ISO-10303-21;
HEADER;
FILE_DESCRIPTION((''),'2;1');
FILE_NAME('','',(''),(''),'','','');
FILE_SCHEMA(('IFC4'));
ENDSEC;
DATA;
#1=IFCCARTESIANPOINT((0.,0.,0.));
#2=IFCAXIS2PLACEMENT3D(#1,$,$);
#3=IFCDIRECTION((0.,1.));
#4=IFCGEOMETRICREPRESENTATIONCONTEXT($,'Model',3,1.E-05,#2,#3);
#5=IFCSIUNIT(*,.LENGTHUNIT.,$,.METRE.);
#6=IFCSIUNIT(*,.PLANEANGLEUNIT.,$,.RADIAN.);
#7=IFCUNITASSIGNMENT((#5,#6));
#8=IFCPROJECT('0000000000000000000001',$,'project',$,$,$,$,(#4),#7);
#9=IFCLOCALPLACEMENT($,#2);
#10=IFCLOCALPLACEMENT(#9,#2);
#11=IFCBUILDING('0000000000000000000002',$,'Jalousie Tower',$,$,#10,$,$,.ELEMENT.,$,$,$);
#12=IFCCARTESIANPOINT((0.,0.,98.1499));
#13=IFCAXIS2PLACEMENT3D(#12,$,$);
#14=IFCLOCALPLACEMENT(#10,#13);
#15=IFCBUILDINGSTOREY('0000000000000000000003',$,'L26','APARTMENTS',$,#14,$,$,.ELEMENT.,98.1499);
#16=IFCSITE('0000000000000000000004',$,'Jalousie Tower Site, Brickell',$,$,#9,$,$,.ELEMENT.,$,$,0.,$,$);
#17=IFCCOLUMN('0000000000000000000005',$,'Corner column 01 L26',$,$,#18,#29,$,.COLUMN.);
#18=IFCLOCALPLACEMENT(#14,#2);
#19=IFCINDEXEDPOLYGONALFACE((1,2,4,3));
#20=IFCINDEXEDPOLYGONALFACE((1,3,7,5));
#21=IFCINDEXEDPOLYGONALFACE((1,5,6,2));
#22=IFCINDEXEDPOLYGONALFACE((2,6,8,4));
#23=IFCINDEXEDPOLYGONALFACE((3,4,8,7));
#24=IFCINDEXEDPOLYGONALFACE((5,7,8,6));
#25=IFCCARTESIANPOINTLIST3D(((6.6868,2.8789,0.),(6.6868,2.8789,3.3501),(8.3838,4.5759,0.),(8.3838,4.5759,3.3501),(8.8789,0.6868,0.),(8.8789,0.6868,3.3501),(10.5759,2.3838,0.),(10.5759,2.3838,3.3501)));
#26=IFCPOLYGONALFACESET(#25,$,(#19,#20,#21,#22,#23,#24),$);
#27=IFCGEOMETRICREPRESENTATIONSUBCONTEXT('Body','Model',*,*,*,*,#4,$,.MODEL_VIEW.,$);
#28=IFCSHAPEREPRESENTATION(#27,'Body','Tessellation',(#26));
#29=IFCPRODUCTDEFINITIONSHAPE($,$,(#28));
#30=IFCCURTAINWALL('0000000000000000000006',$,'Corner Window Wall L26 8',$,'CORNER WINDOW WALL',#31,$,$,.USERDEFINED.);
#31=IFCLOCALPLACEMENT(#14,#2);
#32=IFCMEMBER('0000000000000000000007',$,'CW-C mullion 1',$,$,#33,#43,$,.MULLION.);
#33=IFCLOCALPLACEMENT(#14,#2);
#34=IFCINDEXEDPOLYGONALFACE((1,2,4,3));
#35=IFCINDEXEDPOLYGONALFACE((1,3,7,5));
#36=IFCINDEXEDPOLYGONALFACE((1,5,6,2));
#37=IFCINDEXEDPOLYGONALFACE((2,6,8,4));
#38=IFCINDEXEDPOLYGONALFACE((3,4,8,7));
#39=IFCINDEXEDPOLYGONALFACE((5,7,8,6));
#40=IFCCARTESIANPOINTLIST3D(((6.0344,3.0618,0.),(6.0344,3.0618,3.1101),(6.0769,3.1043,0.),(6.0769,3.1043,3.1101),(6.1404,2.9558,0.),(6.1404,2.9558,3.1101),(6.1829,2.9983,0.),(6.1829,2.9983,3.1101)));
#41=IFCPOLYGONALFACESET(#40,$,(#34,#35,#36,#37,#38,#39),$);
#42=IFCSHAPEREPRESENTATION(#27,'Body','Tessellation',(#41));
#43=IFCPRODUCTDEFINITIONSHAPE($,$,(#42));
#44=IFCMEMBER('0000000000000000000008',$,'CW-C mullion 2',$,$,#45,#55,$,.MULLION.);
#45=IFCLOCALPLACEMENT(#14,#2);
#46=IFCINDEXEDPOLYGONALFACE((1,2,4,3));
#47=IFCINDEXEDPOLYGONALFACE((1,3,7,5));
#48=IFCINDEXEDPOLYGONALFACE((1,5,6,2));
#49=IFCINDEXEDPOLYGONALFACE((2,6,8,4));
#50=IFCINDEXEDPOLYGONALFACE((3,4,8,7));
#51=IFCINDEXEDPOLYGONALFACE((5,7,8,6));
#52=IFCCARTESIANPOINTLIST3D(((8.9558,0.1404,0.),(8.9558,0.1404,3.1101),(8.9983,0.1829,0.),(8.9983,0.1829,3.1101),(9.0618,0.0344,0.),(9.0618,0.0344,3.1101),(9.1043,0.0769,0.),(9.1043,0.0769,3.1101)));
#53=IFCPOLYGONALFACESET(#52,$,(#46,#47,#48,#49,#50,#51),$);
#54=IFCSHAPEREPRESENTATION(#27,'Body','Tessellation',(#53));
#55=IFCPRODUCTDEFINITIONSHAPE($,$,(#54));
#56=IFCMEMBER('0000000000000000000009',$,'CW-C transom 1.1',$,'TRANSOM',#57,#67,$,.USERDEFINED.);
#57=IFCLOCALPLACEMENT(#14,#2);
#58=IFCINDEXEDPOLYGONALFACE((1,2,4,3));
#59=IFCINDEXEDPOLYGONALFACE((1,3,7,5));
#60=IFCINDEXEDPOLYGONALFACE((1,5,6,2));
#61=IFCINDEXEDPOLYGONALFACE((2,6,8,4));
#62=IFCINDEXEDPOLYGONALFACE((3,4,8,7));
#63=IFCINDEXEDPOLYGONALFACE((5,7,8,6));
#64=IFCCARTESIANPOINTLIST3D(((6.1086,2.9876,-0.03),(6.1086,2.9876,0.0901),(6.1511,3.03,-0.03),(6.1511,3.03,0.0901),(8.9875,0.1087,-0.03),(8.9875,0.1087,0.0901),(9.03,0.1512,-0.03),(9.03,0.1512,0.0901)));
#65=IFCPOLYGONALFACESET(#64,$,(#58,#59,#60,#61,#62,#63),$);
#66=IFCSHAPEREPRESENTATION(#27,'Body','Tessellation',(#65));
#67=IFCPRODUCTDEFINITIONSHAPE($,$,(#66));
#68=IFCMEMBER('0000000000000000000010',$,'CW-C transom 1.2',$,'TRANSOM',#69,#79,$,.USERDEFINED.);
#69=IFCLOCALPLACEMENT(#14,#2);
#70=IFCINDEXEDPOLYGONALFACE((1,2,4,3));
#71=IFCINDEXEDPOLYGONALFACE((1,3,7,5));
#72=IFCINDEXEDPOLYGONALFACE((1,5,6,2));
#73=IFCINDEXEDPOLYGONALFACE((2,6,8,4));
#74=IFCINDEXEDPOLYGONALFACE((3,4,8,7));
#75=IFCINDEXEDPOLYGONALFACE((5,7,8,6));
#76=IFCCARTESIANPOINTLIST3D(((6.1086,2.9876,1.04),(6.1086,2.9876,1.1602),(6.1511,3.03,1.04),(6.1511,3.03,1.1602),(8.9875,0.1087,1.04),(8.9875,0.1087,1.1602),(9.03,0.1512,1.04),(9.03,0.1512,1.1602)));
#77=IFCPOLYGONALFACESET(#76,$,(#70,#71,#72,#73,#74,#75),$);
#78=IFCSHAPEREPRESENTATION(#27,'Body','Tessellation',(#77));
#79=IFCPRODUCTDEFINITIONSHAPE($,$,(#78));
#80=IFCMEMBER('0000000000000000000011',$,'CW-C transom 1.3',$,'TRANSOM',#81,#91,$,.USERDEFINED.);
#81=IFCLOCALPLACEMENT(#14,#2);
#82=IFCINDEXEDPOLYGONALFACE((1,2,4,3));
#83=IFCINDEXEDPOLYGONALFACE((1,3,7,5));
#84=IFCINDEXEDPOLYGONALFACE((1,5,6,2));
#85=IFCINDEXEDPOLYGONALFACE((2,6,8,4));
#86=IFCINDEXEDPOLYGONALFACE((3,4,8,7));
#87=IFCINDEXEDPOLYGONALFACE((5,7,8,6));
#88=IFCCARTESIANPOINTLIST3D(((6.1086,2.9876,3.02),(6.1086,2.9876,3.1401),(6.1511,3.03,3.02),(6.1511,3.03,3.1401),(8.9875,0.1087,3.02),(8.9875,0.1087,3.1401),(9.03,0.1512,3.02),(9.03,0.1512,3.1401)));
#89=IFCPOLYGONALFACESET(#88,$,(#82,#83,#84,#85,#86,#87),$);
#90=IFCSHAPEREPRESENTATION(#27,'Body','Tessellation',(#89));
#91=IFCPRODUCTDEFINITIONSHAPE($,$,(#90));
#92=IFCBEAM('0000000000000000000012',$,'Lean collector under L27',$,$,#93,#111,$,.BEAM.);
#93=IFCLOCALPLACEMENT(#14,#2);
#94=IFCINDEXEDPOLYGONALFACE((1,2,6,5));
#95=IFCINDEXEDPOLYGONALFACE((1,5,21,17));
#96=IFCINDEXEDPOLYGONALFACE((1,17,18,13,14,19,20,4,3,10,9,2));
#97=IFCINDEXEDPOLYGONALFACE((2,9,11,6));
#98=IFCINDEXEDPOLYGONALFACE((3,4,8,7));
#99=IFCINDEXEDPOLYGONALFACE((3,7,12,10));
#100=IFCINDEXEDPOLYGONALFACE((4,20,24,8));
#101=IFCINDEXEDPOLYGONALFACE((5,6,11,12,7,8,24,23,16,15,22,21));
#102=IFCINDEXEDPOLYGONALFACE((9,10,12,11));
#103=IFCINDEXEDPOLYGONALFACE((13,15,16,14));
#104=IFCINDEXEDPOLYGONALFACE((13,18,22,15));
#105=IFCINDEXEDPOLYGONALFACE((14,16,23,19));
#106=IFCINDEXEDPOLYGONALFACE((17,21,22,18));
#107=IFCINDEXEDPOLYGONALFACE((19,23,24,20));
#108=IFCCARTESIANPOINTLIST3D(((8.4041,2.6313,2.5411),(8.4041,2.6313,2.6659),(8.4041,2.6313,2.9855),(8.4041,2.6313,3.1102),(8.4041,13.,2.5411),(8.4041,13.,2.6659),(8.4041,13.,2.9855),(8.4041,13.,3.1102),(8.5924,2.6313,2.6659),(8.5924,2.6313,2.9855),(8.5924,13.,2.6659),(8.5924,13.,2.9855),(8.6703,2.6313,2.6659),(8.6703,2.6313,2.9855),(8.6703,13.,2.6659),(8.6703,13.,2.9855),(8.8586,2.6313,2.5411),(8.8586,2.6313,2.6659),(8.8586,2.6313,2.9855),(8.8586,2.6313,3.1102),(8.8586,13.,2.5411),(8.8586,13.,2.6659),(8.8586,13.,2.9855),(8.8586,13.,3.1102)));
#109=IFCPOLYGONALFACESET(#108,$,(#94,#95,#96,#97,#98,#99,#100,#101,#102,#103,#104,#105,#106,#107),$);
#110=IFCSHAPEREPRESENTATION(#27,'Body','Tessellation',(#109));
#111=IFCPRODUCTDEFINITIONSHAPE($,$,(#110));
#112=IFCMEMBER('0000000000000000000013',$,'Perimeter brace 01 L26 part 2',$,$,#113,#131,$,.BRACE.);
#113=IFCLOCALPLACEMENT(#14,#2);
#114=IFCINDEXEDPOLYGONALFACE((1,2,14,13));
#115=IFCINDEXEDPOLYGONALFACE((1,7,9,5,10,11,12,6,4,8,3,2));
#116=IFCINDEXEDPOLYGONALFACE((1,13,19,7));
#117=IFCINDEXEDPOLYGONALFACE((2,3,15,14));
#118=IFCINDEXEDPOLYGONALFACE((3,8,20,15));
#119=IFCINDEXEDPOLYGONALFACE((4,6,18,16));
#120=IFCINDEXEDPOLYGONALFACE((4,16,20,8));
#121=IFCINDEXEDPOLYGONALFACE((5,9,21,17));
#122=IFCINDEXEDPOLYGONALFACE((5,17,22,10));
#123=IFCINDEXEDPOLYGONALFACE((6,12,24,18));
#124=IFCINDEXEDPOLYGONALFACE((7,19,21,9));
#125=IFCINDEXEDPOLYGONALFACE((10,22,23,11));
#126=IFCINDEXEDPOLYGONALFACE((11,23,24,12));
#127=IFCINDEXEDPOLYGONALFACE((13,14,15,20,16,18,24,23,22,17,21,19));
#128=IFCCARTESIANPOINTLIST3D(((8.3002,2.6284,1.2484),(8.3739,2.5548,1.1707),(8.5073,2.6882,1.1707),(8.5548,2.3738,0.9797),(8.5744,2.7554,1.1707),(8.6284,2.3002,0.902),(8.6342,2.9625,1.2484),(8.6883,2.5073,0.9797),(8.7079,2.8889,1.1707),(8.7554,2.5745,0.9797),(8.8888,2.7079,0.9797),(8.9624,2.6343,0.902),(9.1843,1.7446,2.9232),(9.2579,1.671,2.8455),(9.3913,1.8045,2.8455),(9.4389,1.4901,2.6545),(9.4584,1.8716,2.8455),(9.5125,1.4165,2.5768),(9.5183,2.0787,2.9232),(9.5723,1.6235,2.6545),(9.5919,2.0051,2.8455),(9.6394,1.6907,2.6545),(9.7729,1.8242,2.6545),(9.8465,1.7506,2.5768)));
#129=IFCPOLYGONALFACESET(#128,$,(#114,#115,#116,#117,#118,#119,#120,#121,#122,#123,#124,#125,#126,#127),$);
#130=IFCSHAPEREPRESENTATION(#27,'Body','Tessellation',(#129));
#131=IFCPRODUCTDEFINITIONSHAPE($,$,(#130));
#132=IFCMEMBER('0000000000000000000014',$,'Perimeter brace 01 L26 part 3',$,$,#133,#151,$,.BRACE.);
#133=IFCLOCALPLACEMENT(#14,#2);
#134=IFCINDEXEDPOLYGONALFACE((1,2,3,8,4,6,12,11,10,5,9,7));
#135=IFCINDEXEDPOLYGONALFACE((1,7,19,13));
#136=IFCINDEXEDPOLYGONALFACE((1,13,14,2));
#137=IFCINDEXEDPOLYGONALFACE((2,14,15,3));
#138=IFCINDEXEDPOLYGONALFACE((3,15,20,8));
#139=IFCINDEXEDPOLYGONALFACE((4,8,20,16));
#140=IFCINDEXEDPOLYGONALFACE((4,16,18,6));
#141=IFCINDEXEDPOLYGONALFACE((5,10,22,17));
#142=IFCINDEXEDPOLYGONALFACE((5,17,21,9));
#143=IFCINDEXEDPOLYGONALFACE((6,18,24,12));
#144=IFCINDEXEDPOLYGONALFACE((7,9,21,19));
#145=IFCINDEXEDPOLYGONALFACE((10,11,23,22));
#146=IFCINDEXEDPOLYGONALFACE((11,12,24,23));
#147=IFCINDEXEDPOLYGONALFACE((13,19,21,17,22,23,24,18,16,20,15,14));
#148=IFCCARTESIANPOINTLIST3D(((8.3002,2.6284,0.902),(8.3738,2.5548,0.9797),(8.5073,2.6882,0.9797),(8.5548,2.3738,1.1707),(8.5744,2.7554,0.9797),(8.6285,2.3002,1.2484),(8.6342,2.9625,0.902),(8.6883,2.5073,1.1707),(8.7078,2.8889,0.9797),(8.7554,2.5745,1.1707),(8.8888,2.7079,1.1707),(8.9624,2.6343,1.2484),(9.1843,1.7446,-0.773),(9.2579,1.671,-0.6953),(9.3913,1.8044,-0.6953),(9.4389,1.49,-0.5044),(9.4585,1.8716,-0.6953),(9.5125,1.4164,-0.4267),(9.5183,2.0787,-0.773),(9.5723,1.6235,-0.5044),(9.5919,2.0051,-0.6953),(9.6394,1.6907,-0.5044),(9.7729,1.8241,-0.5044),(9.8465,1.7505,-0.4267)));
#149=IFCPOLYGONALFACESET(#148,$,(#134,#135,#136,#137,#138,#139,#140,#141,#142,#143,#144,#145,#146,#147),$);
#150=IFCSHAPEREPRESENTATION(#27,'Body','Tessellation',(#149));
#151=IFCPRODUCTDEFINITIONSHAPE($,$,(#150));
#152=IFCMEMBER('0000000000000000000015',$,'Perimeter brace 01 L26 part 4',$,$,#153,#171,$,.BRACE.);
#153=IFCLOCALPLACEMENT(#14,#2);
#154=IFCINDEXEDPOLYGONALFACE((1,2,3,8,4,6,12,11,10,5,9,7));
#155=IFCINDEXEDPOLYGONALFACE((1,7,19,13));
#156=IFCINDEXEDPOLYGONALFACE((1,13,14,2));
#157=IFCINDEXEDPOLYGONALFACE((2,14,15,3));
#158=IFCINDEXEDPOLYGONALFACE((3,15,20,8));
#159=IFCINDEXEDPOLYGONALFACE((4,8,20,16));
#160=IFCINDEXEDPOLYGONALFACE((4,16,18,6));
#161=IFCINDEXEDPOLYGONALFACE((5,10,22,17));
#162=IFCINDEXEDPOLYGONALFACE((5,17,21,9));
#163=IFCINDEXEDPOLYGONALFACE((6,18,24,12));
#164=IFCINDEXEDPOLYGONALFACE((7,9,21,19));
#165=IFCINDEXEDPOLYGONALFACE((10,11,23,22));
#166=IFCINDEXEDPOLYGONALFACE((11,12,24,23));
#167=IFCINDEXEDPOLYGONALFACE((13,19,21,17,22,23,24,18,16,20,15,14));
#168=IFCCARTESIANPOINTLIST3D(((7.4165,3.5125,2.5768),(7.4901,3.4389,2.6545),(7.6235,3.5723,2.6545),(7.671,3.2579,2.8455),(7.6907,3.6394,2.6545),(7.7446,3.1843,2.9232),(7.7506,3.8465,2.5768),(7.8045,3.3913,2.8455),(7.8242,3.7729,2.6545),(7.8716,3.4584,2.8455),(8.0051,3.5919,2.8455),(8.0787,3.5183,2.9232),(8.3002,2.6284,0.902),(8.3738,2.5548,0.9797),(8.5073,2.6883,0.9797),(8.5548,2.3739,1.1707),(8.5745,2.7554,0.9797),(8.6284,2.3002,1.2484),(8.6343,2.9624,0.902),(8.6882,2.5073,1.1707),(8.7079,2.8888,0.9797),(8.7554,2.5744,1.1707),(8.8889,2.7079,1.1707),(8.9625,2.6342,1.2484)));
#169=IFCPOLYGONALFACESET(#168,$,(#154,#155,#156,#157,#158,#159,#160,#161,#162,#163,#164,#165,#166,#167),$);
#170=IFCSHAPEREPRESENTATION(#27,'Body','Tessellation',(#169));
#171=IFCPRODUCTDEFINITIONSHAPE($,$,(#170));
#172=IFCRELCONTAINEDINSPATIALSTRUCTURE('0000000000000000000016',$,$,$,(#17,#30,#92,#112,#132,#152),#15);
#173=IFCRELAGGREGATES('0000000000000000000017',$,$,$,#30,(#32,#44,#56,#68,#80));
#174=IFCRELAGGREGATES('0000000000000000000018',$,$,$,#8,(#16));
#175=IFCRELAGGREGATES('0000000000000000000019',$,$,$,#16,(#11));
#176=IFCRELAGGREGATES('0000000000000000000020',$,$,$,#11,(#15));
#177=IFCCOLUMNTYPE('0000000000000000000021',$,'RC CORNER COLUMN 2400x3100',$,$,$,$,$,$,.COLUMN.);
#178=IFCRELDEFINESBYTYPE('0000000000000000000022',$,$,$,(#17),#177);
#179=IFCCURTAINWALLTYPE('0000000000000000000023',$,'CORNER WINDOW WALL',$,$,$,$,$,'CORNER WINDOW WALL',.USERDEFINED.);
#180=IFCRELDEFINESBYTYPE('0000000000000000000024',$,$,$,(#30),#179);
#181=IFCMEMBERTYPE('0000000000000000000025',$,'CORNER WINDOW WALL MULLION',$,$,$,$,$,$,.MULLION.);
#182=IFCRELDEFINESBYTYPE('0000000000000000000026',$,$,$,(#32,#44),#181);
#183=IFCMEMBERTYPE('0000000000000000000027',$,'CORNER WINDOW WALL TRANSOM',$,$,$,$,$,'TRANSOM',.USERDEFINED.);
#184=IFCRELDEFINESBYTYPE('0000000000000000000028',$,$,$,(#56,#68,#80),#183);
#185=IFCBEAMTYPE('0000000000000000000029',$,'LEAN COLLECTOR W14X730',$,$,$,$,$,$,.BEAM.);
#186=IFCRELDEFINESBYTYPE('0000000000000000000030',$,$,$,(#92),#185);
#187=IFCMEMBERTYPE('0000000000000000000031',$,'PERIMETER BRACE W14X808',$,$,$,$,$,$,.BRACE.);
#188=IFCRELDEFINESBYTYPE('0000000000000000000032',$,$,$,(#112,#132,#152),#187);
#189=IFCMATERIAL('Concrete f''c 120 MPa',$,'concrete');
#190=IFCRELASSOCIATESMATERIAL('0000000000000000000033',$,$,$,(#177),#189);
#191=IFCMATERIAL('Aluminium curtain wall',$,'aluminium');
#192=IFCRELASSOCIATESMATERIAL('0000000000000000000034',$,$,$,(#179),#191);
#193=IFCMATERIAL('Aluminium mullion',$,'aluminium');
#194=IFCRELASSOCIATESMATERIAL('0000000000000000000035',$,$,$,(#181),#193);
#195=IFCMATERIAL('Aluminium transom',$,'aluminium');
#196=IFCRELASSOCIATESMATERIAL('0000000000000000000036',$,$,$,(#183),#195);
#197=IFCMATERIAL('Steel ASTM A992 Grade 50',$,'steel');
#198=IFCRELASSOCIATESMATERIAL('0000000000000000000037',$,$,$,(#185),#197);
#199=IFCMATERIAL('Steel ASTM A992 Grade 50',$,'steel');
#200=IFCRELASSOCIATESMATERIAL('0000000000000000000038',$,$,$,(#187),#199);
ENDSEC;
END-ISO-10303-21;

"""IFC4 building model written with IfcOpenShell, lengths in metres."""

from ifc_helpers import new_model, si_unit, direction, frame, origin, origin_2d, place, context, subcontext, project, spatial, rectangle, i_section, extrude, material, material_profile, profile_set, type_object, element, aggregate, save


model = new_model("IFC4")

# Units and contexts
model_context = context("Model", 3, precision=1e-05, world=origin(), true_north=direction((0.0, 1.0)))
body_context = subcontext(model_context, "Body", "Model", "MODEL_VIEW")
ifc_project = project(units=[si_unit("LENGTHUNIT", "METRE"), si_unit("PLANEANGLEUNIT", "RADIAN")], contexts=[model_context])

# Site, building, storey
site_placement = place(None, origin())
site = spatial("IfcSite", under=ifc_project, at=site_placement, Name="Jalousie Tower Site, Brickell", CompositionType="ELEMENT", RefElevation=0.0)
building_placement = place(site_placement, origin())
building = spatial("IfcBuilding", under=site, at=building_placement, Name="Jalousie Tower", CompositionType="ELEMENT")
storey_placement = place(building_placement, frame((0.0, 0.0, 98.1499)))
storey = spatial("IfcBuildingStorey", under=building, at=storey_placement, Name="L26", Description="APARTMENTS", CompositionType="ELEMENT", Elevation=98.1499)

# Column
ifc_material_1 = material(Name="Concrete f'c 120 MPa", Category="concrete")
ifc_material_profile_1 = material_profile(ifc_material_1, rectangle(XDim=2.3999, YDim=3.1001, at=origin_2d()), Name="RC 2400x3100")
ifc_profile_set_1 = profile_set([ifc_material_profile_1], Name="Concrete f'c 120 MPa")
column_type = type_object("IfcColumnType", Name="RC CORNER COLUMN 2400x3100", PredefinedType="COLUMN", material=ifc_profile_set_1)
column_placement = place(storey_placement, frame((8.6313, 2.6313, 0.0), z_axis=(0.0, 0.0, 1.0), x_axis=(0.707107, 0.707107, 0.0)))
element("IfcColumn", 1, at=column_placement, inside=storey, type_object=column_type, Name="Corner column 01 L26", PredefinedType="COLUMN", context=body_context, shape_type="SweptSolid", body=[
    extrude(rectangle(XDim=2.3999, YDim=3.1001, at=origin_2d()), origin(), (0.0, 0.0, 1.0), 3.3501),
])

# Curtain wall, members
ifc_material_2 = material(Name="Aluminium curtain wall", Category="aluminium")
curtain_wall_type_1 = type_object("IfcCurtainWallType", Name="CORNER WINDOW WALL", ElementType="CORNER WINDOW WALL", PredefinedType="USERDEFINED", material=ifc_material_2)
curtain_wall_1_placement = place(storey_placement, origin())
curtain_wall_1 = element("IfcCurtainWall", 2, at=curtain_wall_1_placement, inside=storey, type_object=curtain_wall_type_1, Name="Corner Window Wall L26 8", ObjectType="CORNER WINDOW WALL", PredefinedType="USERDEFINED")
ifc_material_3 = material(Name="Aluminium mullion", Category="aluminium")
ifc_material_profile_2 = material_profile(ifc_material_3, rectangle(XDim=0.0601, YDim=0.1499, at=origin_2d()), Name="MULLION 60x150")
ifc_profile_set_2 = profile_set([ifc_material_profile_2], Name="Aluminium mullion")
member_type_1 = type_object("IfcMemberType", Name="CORNER WINDOW WALL MULLION", PredefinedType="MULLION", material=ifc_profile_set_2)
member_1_placement = place(storey_placement, frame((6.1086, 3.03, 0.0), z_axis=(0.0, 0.0, 1.0), x_axis=(0.707107, 0.707107, 0.0)))
member_1 = element("IfcMember", 3, at=member_1_placement, type_object=member_type_1, Name="CW-C mullion 1", PredefinedType="MULLION", context=body_context, shape_type="SweptSolid", body=[
    extrude(rectangle(XDim=0.0601, YDim=0.1499, at=origin_2d()), origin(), (0.0, 0.0, 1.0), 3.1101),
])
member_2_placement = place(storey_placement, frame((9.03, 0.1086, 0.0), z_axis=(0.0, 0.0, 1.0), x_axis=(0.707107, 0.707107, 0.0)))
member_2 = element("IfcMember", 4, at=member_2_placement, type_object=member_type_1, Name="CW-C mullion 2", PredefinedType="MULLION", context=body_context, shape_type="SweptSolid", body=[
    extrude(rectangle(XDim=0.0601, YDim=0.1499, at=origin_2d()), origin(), (0.0, 0.0, 1.0), 3.1101),
])
ifc_material_4 = material(Name="Aluminium transom", Category="aluminium")
ifc_material_profile_3 = material_profile(ifc_material_4, rectangle(XDim=0.0601, YDim=0.1201, at=origin_2d()), Name="TRANSOM 60x120")
ifc_profile_set_3 = profile_set([ifc_material_profile_3], Name="Aluminium transom")
member_type_2 = type_object("IfcMemberType", Name="CORNER WINDOW WALL TRANSOM", ElementType="TRANSOM", PredefinedType="USERDEFINED", material=ifc_profile_set_3)
member_3_placement = place(storey_placement, frame((6.1299, 3.0088, 0.03), z_axis=(0.707107, -0.707107, 0.0), x_axis=(0.707107, 0.707107, 0.0)))
member_3 = element("IfcMember", 5, at=member_3_placement, type_object=member_type_2, Name="CW-C transom 1.1", ObjectType="TRANSOM", PredefinedType="USERDEFINED", context=body_context, shape_type="SweptSolid", body=[
    extrude(rectangle(XDim=0.0601, YDim=0.1201, at=origin_2d()), origin(), (0.0, 0.0, 1.0), 4.0713),
])
member_4_placement = place(storey_placement, frame((6.1299, 3.0088, 1.1001), z_axis=(0.707107, -0.707107, 0.0), x_axis=(0.707107, 0.707107, 0.0)))
member_4 = element("IfcMember", 6, at=member_4_placement, type_object=member_type_2, Name="CW-C transom 1.2", ObjectType="TRANSOM", PredefinedType="USERDEFINED", context=body_context, shape_type="SweptSolid", body=[
    extrude(rectangle(XDim=0.0601, YDim=0.1201, at=origin_2d()), origin(), (0.0, 0.0, 1.0), 4.0713),
])
member_5_placement = place(storey_placement, frame((6.1299, 3.0088, 3.0801), z_axis=(0.707107, -0.707107, 0.0), x_axis=(0.707107, 0.707107, 0.0)))
member_5 = element("IfcMember", 7, at=member_5_placement, type_object=member_type_2, Name="CW-C transom 1.3", ObjectType="TRANSOM", PredefinedType="USERDEFINED", context=body_context, shape_type="SweptSolid", body=[
    extrude(rectangle(XDim=0.0601, YDim=0.1201, at=origin_2d()), origin(), (0.0, 0.0, 1.0), 4.0713),
])

# Beam
ifc_material_5 = material(Name="Steel ASTM A992 Grade 50", Category="steel")
ifc_material_profile_4 = material_profile(ifc_material_5, i_section(OverallWidth=0.4546, OverallDepth=0.5691, WebThickness=0.0779, FlangeThickness=0.1248, at=origin_2d()), Name="W14X730")
ifc_profile_set_4 = profile_set([ifc_material_profile_4], Name="Steel ASTM A992 Grade 50")
beam_type_1 = type_object("IfcBeamType", Name="LEAN COLLECTOR W14X730", PredefinedType="BEAM", material=ifc_profile_set_4)
beam_1_placement = place(storey_placement, frame((8.6313, 2.6313, 2.8257), z_axis=(0.0, 1.0, 0.0), x_axis=(-1.0, 0.0, 0.0)))
element("IfcBeam", 8, at=beam_1_placement, inside=storey, type_object=beam_type_1, Name="Lean collector under L27", PredefinedType="BEAM", context=body_context, shape_type="SweptSolid", body=[
    extrude(i_section(OverallWidth=0.4546, OverallDepth=0.5691, WebThickness=0.0779, FlangeThickness=0.1248, at=origin_2d()), origin(), (0.0, 0.0, 1.0), 10.3687),
])

# Members
ifc_material_6 = material(Name="Steel ASTM A992 Grade 50", Category="steel")
ifc_material_profile_5 = material_profile(ifc_material_6, i_section(OverallWidth=0.4724, OverallDepth=0.5791, WebThickness=0.095, FlangeThickness=0.1299, at=origin_2d()), Name="W14X808")
ifc_profile_set_5 = profile_set([ifc_material_profile_5], Name="Steel ASTM A992 Grade 50")
member_type_3 = type_object("IfcMemberType", Name="PERIMETER BRACE W14X808", PredefinedType="BRACE", material=ifc_profile_set_5)
member_6_placement = place(storey_placement, frame((8.6313, 2.6313, 1.0752), z_axis=(0.423008, -0.422891, 0.801391), x_axis=(0.707009, 0.707204, 0.0)))
element("IfcMember", 9, at=member_6_placement, inside=storey, type_object=member_type_3, Name="Perimeter brace 01 L26 part 2", PredefinedType="BRACE", context=body_context, shape_type="SweptSolid", body=[
    extrude(i_section(OverallWidth=0.4724, OverallDepth=0.5791, WebThickness=0.095, FlangeThickness=0.1299, at=origin_2d()), origin(), (0.0, 0.0, 1.0), 2.0898),
])
member_7_placement = place(storey_placement, frame((9.5154, 1.7476, -0.5999), z_axis=(-0.422969, 0.422852, 0.801432), x_axis=(-0.707009, -0.707204, 0.0)))
element("IfcMember", 10, at=member_7_placement, inside=storey, type_object=member_type_3, Name="Perimeter brace 01 L26 part 3", PredefinedType="BRACE", context=body_context, shape_type="SweptSolid", body=[
    extrude(i_section(OverallWidth=0.4724, OverallDepth=0.5791, WebThickness=0.095, FlangeThickness=0.1299, at=origin_2d()), origin(), (0.0, 0.0, 1.0), 2.0901),
])
member_8_placement = place(storey_placement, frame((8.6313, 2.6313, 1.0752), z_axis=(-0.422891, 0.423008, 0.801391), x_axis=(-0.707204, -0.707009, 0.0)))
element("IfcMember", 11, at=member_8_placement, inside=storey, type_object=member_type_3, Name="Perimeter brace 01 L26 part 4", PredefinedType="BRACE", context=body_context, shape_type="SweptSolid", body=[
    extrude(i_section(OverallWidth=0.4724, OverallDepth=0.5791, WebThickness=0.095, FlangeThickness=0.1299, at=origin_2d()), origin(), (0.0, 0.0, 1.0), 2.0898),
])

aggregate(curtain_wall_1, [member_1, member_2, member_3, member_4, member_5])

save(model, "model.ifc")
